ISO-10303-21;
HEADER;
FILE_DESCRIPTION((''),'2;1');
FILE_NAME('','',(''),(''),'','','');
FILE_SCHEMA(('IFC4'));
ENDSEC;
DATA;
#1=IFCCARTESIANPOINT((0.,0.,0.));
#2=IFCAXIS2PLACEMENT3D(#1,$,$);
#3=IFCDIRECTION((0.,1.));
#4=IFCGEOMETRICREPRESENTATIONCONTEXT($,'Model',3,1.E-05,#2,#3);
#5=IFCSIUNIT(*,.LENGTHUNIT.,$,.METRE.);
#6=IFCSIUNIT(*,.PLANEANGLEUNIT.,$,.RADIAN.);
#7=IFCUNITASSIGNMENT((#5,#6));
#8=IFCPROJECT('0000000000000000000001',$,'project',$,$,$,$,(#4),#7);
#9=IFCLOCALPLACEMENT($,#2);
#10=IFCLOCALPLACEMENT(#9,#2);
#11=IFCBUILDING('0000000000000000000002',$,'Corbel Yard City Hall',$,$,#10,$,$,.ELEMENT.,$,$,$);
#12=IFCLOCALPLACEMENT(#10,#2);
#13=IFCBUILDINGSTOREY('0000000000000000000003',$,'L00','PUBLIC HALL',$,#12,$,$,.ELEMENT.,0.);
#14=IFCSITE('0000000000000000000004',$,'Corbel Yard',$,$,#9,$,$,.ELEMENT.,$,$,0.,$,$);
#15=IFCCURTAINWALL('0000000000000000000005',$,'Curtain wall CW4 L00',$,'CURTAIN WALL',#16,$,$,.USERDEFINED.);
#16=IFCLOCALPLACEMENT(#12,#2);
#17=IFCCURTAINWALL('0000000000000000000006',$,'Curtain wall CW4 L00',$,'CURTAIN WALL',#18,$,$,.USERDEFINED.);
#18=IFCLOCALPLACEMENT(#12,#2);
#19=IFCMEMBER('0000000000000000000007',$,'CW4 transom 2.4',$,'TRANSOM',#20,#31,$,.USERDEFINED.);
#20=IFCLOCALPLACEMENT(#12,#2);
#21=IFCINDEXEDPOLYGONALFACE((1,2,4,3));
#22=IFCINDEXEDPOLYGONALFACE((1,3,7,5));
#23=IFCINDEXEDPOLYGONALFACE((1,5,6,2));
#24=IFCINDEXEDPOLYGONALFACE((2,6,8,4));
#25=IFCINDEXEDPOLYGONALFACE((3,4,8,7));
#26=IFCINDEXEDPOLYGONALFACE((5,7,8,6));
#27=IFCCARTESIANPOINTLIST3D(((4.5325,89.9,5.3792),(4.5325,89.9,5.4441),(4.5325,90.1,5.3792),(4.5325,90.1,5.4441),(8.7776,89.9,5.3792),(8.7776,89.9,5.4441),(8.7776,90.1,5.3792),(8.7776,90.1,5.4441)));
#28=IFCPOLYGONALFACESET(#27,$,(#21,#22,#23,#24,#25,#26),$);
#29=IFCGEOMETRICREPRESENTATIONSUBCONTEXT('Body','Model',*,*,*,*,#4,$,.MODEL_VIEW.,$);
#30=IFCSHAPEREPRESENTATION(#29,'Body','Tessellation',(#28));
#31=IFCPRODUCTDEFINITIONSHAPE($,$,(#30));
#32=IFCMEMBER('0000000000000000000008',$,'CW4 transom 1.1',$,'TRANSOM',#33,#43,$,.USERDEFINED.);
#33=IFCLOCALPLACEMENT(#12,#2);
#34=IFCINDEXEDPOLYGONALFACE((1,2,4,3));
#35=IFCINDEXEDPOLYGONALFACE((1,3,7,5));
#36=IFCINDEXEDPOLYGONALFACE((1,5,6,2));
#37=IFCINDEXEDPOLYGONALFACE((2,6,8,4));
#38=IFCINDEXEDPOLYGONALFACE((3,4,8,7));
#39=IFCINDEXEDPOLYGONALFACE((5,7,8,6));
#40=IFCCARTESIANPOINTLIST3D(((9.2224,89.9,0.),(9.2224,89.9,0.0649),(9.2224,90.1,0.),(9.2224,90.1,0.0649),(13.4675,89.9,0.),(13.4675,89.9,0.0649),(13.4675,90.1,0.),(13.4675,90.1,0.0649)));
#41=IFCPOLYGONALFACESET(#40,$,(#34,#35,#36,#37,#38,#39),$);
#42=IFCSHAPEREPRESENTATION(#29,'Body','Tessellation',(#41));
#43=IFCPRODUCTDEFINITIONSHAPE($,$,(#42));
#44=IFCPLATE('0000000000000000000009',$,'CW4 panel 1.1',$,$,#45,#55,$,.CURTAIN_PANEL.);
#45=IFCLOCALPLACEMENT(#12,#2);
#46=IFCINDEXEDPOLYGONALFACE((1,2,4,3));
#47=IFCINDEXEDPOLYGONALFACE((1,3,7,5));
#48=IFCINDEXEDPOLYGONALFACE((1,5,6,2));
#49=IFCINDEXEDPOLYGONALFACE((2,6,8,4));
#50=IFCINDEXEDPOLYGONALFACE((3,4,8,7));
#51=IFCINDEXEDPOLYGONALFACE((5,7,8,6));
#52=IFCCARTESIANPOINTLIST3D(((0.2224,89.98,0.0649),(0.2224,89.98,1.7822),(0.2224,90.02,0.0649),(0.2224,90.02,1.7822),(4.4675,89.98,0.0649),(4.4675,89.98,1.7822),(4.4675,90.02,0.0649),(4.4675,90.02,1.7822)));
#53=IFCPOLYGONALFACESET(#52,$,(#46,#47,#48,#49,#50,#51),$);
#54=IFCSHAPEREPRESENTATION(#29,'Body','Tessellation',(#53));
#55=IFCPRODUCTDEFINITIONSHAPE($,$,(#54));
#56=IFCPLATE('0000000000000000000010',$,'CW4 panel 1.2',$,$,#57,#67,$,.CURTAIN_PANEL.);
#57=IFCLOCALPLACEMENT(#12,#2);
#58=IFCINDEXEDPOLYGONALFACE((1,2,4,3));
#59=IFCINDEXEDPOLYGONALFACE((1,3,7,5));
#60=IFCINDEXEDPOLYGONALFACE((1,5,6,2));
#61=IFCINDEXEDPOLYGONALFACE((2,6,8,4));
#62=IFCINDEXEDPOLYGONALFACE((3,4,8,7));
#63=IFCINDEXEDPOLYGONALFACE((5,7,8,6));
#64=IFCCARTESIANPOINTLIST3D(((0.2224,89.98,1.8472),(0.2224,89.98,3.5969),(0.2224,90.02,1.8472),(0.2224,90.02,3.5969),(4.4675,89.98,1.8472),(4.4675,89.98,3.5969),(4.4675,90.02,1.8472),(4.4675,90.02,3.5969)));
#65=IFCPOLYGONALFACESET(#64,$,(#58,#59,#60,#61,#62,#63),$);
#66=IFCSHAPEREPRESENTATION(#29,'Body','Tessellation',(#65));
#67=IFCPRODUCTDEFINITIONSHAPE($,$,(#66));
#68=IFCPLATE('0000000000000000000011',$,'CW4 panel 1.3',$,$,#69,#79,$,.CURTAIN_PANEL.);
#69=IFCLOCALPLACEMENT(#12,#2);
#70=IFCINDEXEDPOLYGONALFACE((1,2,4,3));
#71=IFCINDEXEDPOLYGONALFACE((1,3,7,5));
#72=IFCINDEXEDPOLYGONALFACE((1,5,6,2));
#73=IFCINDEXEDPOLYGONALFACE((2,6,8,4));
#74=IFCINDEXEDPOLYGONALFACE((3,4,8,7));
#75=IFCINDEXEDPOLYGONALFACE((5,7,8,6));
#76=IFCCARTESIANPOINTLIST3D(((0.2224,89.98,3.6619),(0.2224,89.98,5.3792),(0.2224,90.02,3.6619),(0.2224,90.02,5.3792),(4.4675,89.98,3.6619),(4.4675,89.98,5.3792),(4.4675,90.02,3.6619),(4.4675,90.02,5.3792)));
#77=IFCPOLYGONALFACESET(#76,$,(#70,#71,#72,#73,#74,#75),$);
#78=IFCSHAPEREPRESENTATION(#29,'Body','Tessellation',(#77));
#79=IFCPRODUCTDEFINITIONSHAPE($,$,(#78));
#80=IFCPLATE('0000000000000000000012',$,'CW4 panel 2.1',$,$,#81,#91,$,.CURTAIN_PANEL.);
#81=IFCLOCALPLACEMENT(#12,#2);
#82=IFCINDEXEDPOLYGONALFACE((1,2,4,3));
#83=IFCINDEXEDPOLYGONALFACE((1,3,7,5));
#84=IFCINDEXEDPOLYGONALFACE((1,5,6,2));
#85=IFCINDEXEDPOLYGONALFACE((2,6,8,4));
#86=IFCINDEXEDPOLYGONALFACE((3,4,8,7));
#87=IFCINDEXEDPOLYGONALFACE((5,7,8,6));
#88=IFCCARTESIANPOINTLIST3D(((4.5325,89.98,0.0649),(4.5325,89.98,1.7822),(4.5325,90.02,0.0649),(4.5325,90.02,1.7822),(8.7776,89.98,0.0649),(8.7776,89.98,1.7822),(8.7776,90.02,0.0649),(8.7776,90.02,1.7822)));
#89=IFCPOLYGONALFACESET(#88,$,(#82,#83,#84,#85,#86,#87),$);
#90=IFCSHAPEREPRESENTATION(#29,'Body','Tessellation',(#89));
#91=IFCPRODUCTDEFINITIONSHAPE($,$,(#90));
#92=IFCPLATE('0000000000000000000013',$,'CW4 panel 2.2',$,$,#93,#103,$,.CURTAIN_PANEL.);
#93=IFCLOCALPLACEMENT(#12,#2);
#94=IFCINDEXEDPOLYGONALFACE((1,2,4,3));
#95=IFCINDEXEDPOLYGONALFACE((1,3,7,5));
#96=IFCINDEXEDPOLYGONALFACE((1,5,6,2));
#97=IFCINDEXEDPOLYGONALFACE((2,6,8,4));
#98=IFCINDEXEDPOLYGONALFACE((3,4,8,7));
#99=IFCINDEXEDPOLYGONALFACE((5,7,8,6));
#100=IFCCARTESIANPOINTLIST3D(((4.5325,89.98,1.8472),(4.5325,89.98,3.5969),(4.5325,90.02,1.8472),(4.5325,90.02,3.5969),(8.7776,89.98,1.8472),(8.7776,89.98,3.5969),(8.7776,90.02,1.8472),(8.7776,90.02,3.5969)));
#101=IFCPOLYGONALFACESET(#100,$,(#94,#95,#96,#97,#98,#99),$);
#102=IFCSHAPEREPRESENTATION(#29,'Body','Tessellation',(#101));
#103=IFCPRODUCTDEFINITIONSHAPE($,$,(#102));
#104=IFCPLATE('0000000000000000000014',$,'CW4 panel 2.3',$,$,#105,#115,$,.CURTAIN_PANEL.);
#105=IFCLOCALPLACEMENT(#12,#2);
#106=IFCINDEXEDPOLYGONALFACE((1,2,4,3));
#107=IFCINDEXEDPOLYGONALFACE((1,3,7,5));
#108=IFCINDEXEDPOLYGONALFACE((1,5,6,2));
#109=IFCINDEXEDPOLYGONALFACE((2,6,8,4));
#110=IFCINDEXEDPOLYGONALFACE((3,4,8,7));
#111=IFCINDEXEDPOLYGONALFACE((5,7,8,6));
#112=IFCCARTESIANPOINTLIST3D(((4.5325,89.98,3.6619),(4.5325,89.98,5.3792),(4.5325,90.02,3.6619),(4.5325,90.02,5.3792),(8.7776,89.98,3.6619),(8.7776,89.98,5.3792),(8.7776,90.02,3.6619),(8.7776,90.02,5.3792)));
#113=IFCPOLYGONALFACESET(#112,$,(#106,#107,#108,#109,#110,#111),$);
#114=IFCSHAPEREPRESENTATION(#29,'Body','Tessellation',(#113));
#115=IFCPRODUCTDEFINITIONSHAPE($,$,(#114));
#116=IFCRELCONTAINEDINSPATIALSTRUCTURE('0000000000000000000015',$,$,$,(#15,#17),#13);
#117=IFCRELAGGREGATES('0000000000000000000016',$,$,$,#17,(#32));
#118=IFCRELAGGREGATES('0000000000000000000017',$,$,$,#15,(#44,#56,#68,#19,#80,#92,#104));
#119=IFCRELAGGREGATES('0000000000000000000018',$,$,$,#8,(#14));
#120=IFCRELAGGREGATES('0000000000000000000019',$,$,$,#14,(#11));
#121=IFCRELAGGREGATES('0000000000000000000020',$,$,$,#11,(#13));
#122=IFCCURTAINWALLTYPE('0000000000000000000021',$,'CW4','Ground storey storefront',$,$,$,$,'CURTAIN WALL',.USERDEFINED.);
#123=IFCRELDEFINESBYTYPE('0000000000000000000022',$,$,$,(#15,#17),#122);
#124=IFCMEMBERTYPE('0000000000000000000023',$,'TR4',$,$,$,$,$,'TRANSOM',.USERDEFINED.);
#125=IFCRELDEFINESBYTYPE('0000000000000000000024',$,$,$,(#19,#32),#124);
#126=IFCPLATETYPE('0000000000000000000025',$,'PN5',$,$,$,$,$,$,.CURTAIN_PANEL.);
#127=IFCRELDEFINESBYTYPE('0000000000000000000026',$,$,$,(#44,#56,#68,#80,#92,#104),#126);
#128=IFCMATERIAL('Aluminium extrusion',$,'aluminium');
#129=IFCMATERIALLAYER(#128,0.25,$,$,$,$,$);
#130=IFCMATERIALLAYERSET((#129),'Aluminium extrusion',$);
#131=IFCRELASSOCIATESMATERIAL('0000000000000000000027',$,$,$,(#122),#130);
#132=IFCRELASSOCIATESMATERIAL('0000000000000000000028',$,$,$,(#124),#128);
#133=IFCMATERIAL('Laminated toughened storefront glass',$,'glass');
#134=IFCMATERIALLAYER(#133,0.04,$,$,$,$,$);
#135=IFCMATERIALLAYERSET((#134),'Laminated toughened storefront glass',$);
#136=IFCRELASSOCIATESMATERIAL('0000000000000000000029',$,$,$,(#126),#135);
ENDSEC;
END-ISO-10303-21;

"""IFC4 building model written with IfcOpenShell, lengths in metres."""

from ifc_helpers import new_model, si_unit, direction, frame, origin, origin_2d, place, context, subcontext, project, spatial, rectangle, extrude, material, layer, layer_set, material_profile, profile_set, type_object, element, aggregate, save


model = new_model("IFC4")

# Units and contexts
model_context = context("Model", 3, precision=1e-05, world=origin(), true_north=direction((0.0, 1.0)))
body_context = subcontext(model_context, "Body", "Model", "MODEL_VIEW")
ifc_project = project(units=[si_unit("LENGTHUNIT", "METRE"), si_unit("PLANEANGLEUNIT", "RADIAN")], contexts=[model_context])

# Site, building, storey
site_placement = place(None, origin())
site = spatial("IfcSite", under=ifc_project, at=site_placement, Name="Corbel Yard", CompositionType="ELEMENT", RefElevation=0.0)
building_placement = place(site_placement, origin())
building = spatial("IfcBuilding", under=site, at=building_placement, Name="Corbel Yard City Hall", CompositionType="ELEMENT")
storey_placement = place(building_placement, origin())
storey = spatial("IfcBuildingStorey", under=building, at=storey_placement, Name="L00", Description="PUBLIC HALL", CompositionType="ELEMENT", Elevation=0.0)

# Curtain wall
ifc_material_1 = material(Name="Aluminium extrusion", Category="aluminium")
ifc_layer_1 = layer(ifc_material_1, 0.25)
ifc_layer_set_1 = layer_set([ifc_layer_1], Name="Aluminium extrusion")
curtain_wall_type = type_object("IfcCurtainWallType", Name="CW4", Description="Ground storey storefront", ElementType="CURTAIN WALL", PredefinedType="USERDEFINED", material=ifc_layer_set_1)
curtain_wall_1_placement = place(storey_placement, origin())
curtain_wall_1 = element("IfcCurtainWall", 1, at=curtain_wall_1_placement, inside=storey, type_object=curtain_wall_type, Name="Curtain wall CW4 L00", ObjectType="CURTAIN WALL", PredefinedType="USERDEFINED")

# Curtain wall
curtain_wall_2_placement = place(storey_placement, origin())
curtain_wall_2 = element("IfcCurtainWall", 2, at=curtain_wall_2_placement, inside=storey, type_object=curtain_wall_type, Name="Curtain wall CW4 L00", ObjectType="CURTAIN WALL", PredefinedType="USERDEFINED")

# Members
ifc_material_profile_1 = material_profile(ifc_material_1, rectangle(XDim=0.2, YDim=0.0649, at=origin_2d()), Name="200x65")
ifc_profile_set_1 = profile_set([ifc_material_profile_1], Name="Aluminium extrusion")
member_type_1 = type_object("IfcMemberType", Name="TR4", ElementType="TRANSOM", PredefinedType="USERDEFINED", material=ifc_profile_set_1)
member_1_placement = place(storey_placement, frame((4.5325, 90.0, 5.4116), z_axis=(1.0, 0.0, 0.0), x_axis=(0.0, 1.0, 0.0)))
member_1 = element("IfcMember", 3, at=member_1_placement, type_object=member_type_1, Name="CW4 transom 2.4", ObjectType="TRANSOM", PredefinedType="USERDEFINED", context=body_context, shape_type="SweptSolid", body=[
    extrude(rectangle(XDim=0.2, YDim=0.0649, at=origin_2d()), origin(), (0.0, 0.0, 1.0), 4.2451),
])
member_2_placement = place(storey_placement, frame((9.2224, 90.0, 0.0325), z_axis=(1.0, 0.0, 0.0), x_axis=(0.0, 1.0, 0.0)))
member_2 = element("IfcMember", 4, at=member_2_placement, type_object=member_type_1, Name="CW4 transom 1.1", ObjectType="TRANSOM", PredefinedType="USERDEFINED", context=body_context, shape_type="SweptSolid", body=[
    extrude(rectangle(XDim=0.2, YDim=0.0649, at=origin_2d()), origin(), (0.0, 0.0, 1.0), 4.2451),
])
aggregate(curtain_wall_2, [member_2])

# Plates
ifc_material_2 = material(Name="Laminated toughened storefront glass", Category="glass")
ifc_layer_2 = layer(ifc_material_2, 0.04)
ifc_layer_set_2 = layer_set([ifc_layer_2], Name="Laminated toughened storefront glass")
plate_type = type_object("IfcPlateType", Name="PN5", PredefinedType="CURTAIN_PANEL", material=ifc_layer_set_2)
plate_1_placement = place(storey_placement, frame((2.345, 90.0, 0.0649), z_axis=(0.0, 0.0, 1.0), x_axis=(1.0, 0.0, 0.0)))
plate_1 = element("IfcPlate", 5, at=plate_1_placement, type_object=plate_type, Name="CW4 panel 1.1", PredefinedType="CURTAIN_PANEL", context=body_context, shape_type="SweptSolid", body=[
    extrude(rectangle(XDim=4.2451, YDim=0.04, at=origin_2d()), origin(), (0.0, 0.0, 1.0), 1.7173),
])
plate_2_placement = place(storey_placement, frame((2.345, 90.0, 1.8472), z_axis=(0.0, 0.0, 1.0), x_axis=(1.0, 0.0, 0.0)))
plate_2 = element("IfcPlate", 6, at=plate_2_placement, type_object=plate_type, Name="CW4 panel 1.2", PredefinedType="CURTAIN_PANEL", context=body_context, shape_type="SweptSolid", body=[
    extrude(rectangle(XDim=4.2451, YDim=0.04, at=origin_2d()), origin(), (0.0, 0.0, 1.0), 1.7498),
])
plate_3_placement = place(storey_placement, frame((2.345, 90.0, 3.6619), z_axis=(0.0, 0.0, 1.0), x_axis=(1.0, 0.0, 0.0)))
plate_3 = element("IfcPlate", 7, at=plate_3_placement, type_object=plate_type, Name="CW4 panel 1.3", PredefinedType="CURTAIN_PANEL", context=body_context, shape_type="SweptSolid", body=[
    extrude(rectangle(XDim=4.2451, YDim=0.04, at=origin_2d()), origin(), (0.0, 0.0, 1.0), 1.7173),
])
plate_4_placement = place(storey_placement, frame((6.655, 90.0, 0.0649), z_axis=(0.0, 0.0, 1.0), x_axis=(1.0, 0.0, 0.0)))
plate_4 = element("IfcPlate", 8, at=plate_4_placement, type_object=plate_type, Name="CW4 panel 2.1", PredefinedType="CURTAIN_PANEL", context=body_context, shape_type="SweptSolid", body=[
    extrude(rectangle(XDim=4.2451, YDim=0.04, at=origin_2d()), origin(), (0.0, 0.0, 1.0), 1.7173),
])
plate_5_placement = place(storey_placement, frame((6.655, 90.0, 1.8472), z_axis=(0.0, 0.0, 1.0), x_axis=(1.0, 0.0, 0.0)))
plate_5 = element("IfcPlate", 9, at=plate_5_placement, type_object=plate_type, Name="CW4 panel 2.2", PredefinedType="CURTAIN_PANEL", context=body_context, shape_type="SweptSolid", body=[
    extrude(rectangle(XDim=4.2451, YDim=0.04, at=origin_2d()), origin(), (0.0, 0.0, 1.0), 1.7498),
])
plate_6_placement = place(storey_placement, frame((6.655, 90.0, 3.6619), z_axis=(0.0, 0.0, 1.0), x_axis=(1.0, 0.0, 0.0)))
plate_6 = element("IfcPlate", 10, at=plate_6_placement, type_object=plate_type, Name="CW4 panel 2.3", PredefinedType="CURTAIN_PANEL", context=body_context, shape_type="SweptSolid", body=[
    extrude(rectangle(XDim=4.2451, YDim=0.04, at=origin_2d()), origin(), (0.0, 0.0, 1.0), 1.7173),
])
aggregate(curtain_wall_1, [plate_1, plate_2, plate_3, member_1, plate_4, plate_5, plate_6])

save(model, "model.ifc")
